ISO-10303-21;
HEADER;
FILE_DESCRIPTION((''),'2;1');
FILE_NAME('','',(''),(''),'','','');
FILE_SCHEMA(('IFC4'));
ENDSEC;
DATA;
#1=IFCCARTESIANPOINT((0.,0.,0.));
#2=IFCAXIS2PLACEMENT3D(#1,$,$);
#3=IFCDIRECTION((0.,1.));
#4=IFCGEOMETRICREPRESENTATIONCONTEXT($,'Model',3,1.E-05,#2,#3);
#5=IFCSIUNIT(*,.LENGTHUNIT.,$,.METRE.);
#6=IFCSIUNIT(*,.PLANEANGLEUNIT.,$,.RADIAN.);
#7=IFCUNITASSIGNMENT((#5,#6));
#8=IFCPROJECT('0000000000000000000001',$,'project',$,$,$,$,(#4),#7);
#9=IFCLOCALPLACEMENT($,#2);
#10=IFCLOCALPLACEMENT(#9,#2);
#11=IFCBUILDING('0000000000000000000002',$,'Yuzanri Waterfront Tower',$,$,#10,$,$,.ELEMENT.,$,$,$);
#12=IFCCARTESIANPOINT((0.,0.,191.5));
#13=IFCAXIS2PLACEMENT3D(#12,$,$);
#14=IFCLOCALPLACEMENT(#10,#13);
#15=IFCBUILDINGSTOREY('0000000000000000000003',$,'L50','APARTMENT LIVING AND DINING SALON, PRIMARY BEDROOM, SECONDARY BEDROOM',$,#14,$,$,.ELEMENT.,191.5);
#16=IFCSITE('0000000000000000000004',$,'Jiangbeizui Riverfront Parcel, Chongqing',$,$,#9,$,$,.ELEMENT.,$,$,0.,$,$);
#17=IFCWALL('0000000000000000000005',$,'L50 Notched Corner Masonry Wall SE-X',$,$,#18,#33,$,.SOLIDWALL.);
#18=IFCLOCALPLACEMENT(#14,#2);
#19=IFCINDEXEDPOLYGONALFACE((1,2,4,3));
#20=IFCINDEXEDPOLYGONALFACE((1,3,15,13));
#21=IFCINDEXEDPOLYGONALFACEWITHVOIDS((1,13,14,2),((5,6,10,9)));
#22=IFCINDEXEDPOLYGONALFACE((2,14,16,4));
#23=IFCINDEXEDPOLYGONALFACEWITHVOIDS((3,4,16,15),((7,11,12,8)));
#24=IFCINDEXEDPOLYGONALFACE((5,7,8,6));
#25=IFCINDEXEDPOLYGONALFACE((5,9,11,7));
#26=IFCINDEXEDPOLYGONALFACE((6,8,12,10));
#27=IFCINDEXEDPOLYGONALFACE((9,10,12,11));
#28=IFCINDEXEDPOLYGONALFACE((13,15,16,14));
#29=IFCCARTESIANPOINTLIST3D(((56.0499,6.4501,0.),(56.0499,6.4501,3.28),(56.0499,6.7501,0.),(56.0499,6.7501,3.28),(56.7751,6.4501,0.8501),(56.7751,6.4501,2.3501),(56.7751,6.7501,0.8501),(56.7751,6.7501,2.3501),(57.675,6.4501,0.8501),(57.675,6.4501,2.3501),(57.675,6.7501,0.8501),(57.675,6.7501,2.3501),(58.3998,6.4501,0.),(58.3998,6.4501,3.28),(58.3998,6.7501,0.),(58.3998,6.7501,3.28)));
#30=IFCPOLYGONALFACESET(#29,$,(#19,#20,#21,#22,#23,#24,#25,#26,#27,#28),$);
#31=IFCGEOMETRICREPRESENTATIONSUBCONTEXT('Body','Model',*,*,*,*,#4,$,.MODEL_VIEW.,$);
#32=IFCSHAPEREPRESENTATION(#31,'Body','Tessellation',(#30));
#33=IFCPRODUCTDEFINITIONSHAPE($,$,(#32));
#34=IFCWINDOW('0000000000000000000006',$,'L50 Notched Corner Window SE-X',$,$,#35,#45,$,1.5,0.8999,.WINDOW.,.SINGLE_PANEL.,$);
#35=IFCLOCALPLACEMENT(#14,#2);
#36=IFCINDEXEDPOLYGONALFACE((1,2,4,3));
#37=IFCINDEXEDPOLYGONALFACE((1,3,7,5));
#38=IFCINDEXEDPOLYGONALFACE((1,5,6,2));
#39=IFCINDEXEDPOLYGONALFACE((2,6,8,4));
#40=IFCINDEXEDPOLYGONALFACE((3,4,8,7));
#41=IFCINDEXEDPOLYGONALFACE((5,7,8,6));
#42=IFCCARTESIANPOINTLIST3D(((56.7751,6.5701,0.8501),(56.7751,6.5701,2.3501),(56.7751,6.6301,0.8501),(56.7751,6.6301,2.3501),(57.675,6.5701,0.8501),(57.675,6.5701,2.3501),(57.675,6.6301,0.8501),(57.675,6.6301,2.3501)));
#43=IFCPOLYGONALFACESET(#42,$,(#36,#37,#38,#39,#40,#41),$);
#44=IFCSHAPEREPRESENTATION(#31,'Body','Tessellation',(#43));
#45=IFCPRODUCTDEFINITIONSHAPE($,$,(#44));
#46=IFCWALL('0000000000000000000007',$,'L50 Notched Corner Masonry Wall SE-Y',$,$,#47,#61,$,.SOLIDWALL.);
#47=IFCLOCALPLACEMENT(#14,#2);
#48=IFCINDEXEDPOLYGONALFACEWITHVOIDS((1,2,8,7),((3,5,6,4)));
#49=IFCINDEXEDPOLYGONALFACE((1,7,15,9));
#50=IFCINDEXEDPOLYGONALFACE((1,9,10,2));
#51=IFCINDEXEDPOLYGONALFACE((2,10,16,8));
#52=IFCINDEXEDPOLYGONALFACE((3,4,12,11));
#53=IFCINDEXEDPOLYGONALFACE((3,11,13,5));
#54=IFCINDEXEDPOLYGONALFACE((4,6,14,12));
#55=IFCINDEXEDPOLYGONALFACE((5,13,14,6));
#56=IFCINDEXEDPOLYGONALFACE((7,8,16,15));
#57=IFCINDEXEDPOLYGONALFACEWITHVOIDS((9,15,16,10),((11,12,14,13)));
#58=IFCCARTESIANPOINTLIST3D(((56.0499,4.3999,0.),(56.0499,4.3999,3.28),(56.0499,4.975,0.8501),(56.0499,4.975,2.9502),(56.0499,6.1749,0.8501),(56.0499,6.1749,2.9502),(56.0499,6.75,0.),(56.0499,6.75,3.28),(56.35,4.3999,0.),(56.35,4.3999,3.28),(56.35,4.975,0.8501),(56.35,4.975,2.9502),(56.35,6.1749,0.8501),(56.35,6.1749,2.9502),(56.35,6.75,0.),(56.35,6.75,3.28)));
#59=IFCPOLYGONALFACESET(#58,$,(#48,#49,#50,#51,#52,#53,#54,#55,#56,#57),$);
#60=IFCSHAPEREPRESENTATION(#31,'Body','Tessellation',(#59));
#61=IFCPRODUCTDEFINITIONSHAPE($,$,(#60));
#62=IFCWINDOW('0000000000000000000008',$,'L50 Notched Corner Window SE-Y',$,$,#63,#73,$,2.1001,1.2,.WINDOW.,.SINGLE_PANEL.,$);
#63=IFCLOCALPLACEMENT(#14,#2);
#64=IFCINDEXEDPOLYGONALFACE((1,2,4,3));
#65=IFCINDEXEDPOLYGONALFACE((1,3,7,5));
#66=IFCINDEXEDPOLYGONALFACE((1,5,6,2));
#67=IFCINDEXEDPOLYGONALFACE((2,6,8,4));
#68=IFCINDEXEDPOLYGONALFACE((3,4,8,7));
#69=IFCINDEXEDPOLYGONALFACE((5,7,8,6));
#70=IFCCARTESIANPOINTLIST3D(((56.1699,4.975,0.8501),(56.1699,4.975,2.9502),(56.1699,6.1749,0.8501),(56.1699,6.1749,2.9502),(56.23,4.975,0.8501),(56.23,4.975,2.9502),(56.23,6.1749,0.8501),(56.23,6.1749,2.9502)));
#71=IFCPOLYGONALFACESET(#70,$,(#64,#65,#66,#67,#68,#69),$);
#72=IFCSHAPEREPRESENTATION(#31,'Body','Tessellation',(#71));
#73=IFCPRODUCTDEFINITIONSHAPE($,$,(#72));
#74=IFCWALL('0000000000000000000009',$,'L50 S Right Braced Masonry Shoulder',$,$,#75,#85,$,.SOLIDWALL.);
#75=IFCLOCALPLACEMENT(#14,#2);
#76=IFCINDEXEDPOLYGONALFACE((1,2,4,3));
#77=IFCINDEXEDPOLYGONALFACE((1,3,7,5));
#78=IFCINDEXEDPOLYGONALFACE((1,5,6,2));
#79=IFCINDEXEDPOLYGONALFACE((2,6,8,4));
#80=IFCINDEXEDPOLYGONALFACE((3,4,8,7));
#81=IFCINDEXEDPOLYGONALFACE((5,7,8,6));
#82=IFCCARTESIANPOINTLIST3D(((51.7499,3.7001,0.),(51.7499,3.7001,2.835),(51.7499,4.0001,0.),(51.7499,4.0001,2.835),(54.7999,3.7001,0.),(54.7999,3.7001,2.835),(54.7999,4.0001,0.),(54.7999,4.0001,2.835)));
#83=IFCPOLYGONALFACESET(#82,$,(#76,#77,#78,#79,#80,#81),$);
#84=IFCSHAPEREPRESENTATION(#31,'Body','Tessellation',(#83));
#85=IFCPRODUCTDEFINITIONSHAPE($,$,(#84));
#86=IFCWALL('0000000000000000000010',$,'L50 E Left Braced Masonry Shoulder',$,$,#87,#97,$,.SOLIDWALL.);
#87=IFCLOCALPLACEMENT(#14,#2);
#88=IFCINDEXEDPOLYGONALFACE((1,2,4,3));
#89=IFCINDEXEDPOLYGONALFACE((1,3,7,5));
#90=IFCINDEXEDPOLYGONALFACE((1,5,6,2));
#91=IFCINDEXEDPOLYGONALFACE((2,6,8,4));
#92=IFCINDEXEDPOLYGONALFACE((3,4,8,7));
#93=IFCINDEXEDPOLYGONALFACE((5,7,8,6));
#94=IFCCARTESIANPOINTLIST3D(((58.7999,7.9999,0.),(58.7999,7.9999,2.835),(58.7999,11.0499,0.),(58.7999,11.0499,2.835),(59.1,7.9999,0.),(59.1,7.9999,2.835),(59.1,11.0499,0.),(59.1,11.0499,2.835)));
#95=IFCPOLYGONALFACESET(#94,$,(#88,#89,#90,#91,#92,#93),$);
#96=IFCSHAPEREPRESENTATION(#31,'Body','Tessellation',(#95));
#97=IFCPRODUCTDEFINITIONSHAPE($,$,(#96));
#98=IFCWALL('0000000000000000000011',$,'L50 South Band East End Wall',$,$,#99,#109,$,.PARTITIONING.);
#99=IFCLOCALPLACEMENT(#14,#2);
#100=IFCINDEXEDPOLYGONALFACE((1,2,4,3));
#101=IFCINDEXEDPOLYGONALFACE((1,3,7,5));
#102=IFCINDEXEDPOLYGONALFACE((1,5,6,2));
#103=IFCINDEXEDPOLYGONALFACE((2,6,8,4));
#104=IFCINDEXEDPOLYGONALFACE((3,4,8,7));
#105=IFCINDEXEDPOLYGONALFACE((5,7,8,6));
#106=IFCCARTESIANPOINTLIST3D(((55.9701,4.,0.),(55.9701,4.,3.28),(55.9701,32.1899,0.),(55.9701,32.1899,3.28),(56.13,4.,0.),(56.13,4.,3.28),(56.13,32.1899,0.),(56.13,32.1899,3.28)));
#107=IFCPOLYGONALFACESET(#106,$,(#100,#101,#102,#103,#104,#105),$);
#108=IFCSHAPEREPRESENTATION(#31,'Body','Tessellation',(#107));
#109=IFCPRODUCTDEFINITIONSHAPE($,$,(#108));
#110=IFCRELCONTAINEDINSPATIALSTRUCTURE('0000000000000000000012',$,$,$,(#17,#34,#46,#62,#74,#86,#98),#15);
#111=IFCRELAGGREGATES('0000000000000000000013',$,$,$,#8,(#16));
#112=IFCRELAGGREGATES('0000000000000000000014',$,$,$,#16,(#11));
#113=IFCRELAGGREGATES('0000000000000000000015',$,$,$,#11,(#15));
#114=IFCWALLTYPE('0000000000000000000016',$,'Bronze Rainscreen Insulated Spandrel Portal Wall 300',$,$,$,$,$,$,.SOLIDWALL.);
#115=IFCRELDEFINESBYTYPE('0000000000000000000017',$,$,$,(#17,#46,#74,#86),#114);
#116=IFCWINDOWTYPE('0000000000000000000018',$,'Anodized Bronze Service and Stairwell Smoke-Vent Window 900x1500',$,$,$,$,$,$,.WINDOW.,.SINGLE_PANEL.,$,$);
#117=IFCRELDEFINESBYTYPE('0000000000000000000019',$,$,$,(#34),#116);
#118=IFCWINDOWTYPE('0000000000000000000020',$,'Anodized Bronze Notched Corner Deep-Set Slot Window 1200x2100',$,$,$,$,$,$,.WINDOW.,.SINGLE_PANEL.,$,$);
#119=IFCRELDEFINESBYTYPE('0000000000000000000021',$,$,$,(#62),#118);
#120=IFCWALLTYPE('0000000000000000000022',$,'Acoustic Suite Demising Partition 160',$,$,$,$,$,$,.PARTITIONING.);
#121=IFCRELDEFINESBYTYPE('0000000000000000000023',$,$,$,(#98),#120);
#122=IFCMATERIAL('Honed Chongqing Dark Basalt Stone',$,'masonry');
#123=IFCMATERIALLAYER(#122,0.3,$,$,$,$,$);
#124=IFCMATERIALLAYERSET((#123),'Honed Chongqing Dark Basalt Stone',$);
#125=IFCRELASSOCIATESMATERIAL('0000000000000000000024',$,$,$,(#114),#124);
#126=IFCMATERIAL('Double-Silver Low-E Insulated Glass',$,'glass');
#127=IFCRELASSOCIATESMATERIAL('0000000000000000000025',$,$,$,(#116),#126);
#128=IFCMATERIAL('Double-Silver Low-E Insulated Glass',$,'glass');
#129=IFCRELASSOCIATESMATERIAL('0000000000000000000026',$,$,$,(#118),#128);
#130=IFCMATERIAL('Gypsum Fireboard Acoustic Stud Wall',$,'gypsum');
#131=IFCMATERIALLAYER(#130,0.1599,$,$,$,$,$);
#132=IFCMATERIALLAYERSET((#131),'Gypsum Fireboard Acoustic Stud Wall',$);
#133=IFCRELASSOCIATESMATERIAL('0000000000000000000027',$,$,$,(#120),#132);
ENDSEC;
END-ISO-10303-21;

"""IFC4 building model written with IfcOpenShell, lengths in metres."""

from ifc_helpers import new_model, si_unit, direction, frame, frame_2d, origin, place, context, subcontext, project, spatial, rectangle, extrude, source, transform, mapped, material, layer, layer_set, type_object, element, fill, save


model = new_model("IFC4")

# Units and contexts
model_context = context("Model", 3, precision=1e-05, world=origin(), true_north=direction((0.0, 1.0)))
body_context = subcontext(model_context, "Body", "Model", "MODEL_VIEW")
ifc_project = project(units=[si_unit("LENGTHUNIT", "METRE"), si_unit("PLANEANGLEUNIT", "RADIAN")], contexts=[model_context])

# Site, building, storey
site_placement = place(None, origin())
site = spatial("IfcSite", under=ifc_project, at=site_placement, Name="Jiangbeizui Riverfront Parcel, Chongqing", CompositionType="ELEMENT", RefElevation=0.0)
building_placement = place(site_placement, origin())
building = spatial("IfcBuilding", under=site, at=building_placement, Name="Yuzanri Waterfront Tower", CompositionType="ELEMENT")
storey_placement = place(building_placement, frame((0.0, 0.0, 191.5)))
storey = spatial("IfcBuildingStorey", under=building, at=storey_placement, Name="L50", Description="APARTMENT LIVING AND DINING SALON, PRIMARY BEDROOM, SECONDARY BEDROOM", CompositionType="ELEMENT", Elevation=191.5)

# Walls, openings, windows
ifc_material_1 = material(Name="Honed Chongqing Dark Basalt Stone", Category="masonry")
ifc_layer_1 = layer(ifc_material_1, 0.3)
ifc_layer_set_1 = layer_set([ifc_layer_1], Name="Honed Chongqing Dark Basalt Stone")
wall_type_1 = type_object("IfcWallType", Name="Bronze Rainscreen Insulated Spandrel Portal Wall 300", PredefinedType="SOLIDWALL", material=ifc_layer_set_1)
wall_1_placement = place(storey_placement, frame((56.05, 6.6001, 0.0), z_axis=(0.0, 0.0, 1.0), x_axis=(1.0, 0.0, 0.0)))
wall_1 = element("IfcWall", 1, at=wall_1_placement, inside=storey, type_object=wall_type_1, Name="L50 Notched Corner Masonry Wall SE-X", PredefinedType="SOLIDWALL", context=body_context, shape_type="SweptSolid", body=[
    extrude(rectangle(XDim=2.3499, YDim=0.3, at=frame_2d((1.1748, 0.0))), origin(), (0.0, 0.0, 1.0), 3.28),
])
opening_1_placement = place(wall_1_placement, frame((0.7251, 0.0, 0.8501)))
opening_1 = element("IfcOpeningElement", 2, at=opening_1_placement, cuts=wall_1, PredefinedType="OPENING", context=body_context, shape_type="SweptSolid", body=[
    extrude(rectangle(XDim=0.8999, YDim=1.5, at=frame_2d((0.45, 0.75))), frame((0.0, 0.165, 0.0), z_axis=(0.0, -1.0, 0.0), x_axis=(1.0, 0.0, 0.0)), (0.0, 0.0, 1.0), 0.3298),
])
ifc_material_2 = material(Name="Double-Silver Low-E Insulated Glass", Category="glass")
window_type_1 = type_object("IfcWindowType", Name="Anodized Bronze Service and Stairwell Smoke-Vent Window 900x1500", PartitioningType="SINGLE_PANEL", PredefinedType="WINDOW", material=ifc_material_2)
shared_shape_1 = source(origin(), body_context, "Body", "SweptSolid", [
    extrude(rectangle(XDim=0.8999, YDim=1.5, at=frame_2d((0.45, 0.75))), frame((0.0, 0.03, 0.0), z_axis=(0.0, -1.0, 0.0), x_axis=(1.0, 0.0, 0.0)), (0.0, 0.0, 1.0), 0.0601),
])
window_1_placement = place(opening_1_placement, origin())
window_1 = element("IfcWindow", 3, at=window_1_placement, inside=storey, type_object=window_type_1, Name="L50 Notched Corner Window SE-X", OverallHeight=1.5, OverallWidth=0.8999, PartitioningType="SINGLE_PANEL", PredefinedType="WINDOW", context=body_context, shape_type="MappedRepresentation", body=[
    mapped(shared_shape_1, transform((0.0, 0.0, 0.0), scale=1.0)),
])
fill(opening_1, window_1)
wall_2_placement = place(storey_placement, frame((56.2, 4.3999, 0.0), z_axis=(0.0, 0.0, 1.0), x_axis=(0.0, 1.0, 0.0)))
wall_2 = element("IfcWall", 4, at=wall_2_placement, inside=storey, type_object=wall_type_1, Name="L50 Notched Corner Masonry Wall SE-Y", PredefinedType="SOLIDWALL", context=body_context, shape_type="SweptSolid", body=[
    extrude(rectangle(XDim=2.3501, YDim=0.3, at=frame_2d((1.175, 0.0))), origin(), (0.0, 0.0, 1.0), 3.28),
])
opening_2_placement = place(wall_2_placement, frame((0.575, 0.0, 0.8501)))
opening_2 = element("IfcOpeningElement", 5, at=opening_2_placement, cuts=wall_2, PredefinedType="OPENING", context=body_context, shape_type="SweptSolid", body=[
    extrude(rectangle(XDim=1.2, YDim=2.1001, at=frame_2d((0.6001, 1.05))), frame((0.0, 0.165, 0.0), z_axis=(0.0, -1.0, 0.0), x_axis=(1.0, 0.0, 0.0)), (0.0, 0.0, 1.0), 0.3298),
])
ifc_material_3 = material(Name="Double-Silver Low-E Insulated Glass", Category="glass")
window_type_2 = type_object("IfcWindowType", Name="Anodized Bronze Notched Corner Deep-Set Slot Window 1200x2100", PartitioningType="SINGLE_PANEL", PredefinedType="WINDOW", material=ifc_material_3)
shared_shape_2 = source(origin(), body_context, "Body", "SweptSolid", [
    extrude(rectangle(XDim=1.2, YDim=2.1001, at=frame_2d((0.6001, 1.05))), frame((0.0, 0.03, 0.0), z_axis=(0.0, -1.0, 0.0), x_axis=(1.0, 0.0, 0.0)), (0.0, 0.0, 1.0), 0.0601),
])
window_2_placement = place(opening_2_placement, origin())
window_2 = element("IfcWindow", 6, at=window_2_placement, inside=storey, type_object=window_type_2, Name="L50 Notched Corner Window SE-Y", OverallHeight=2.1001, OverallWidth=1.2, PartitioningType="SINGLE_PANEL", PredefinedType="WINDOW", context=body_context, shape_type="MappedRepresentation", body=[
    mapped(shared_shape_2, transform((0.0, 0.0, 0.0), scale=1.0)),
])
fill(opening_2, window_2)

# Walls
shared_shape_3 = source(origin(), body_context, "Body", "SweptSolid", [
    extrude(rectangle(XDim=3.05, YDim=0.3, at=frame_2d((1.5249, 0.0))), origin(), (0.0, 0.0, 1.0), 2.835),
])
for number, where, z_axis, x_axis, name in (
    (7, (51.75, 3.8501, 0.0), (0.0, 0.0, 1.0), (1.0, 0.0, 0.0), "L50 S Right Braced Masonry Shoulder"),
    (8, (58.95, 8.0, 0.0), (0.0, 0.0, 1.0), (0.0, 1.0, 0.0), "L50 E Left Braced Masonry Shoulder"),
):
    element("IfcWall", number, at=place(storey_placement, frame(where, z_axis=z_axis, x_axis=x_axis)), inside=storey, type_object=wall_type_1, Name=name, PredefinedType="SOLIDWALL", context=body_context, shape_type="MappedRepresentation", body=[
        mapped(shared_shape_3, transform((0.0, 0.0, 0.0), scale=1.0)),
    ])
ifc_material_4 = material(Name="Gypsum Fireboard Acoustic Stud Wall", Category="gypsum")
ifc_layer_2 = layer(ifc_material_4, 0.1599)
ifc_layer_set_2 = layer_set([ifc_layer_2], Name="Gypsum Fireboard Acoustic Stud Wall")
wall_type_2 = type_object("IfcWallType", Name="Acoustic Suite Demising Partition 160", PredefinedType="PARTITIONING", material=ifc_layer_set_2)
shared_shape_4 = source(origin(), body_context, "Body", "SweptSolid", [
    extrude(rectangle(XDim=28.1899, YDim=0.1599, at=frame_2d((14.095, 0.0))), origin(), (0.0, 0.0, 1.0), 3.28),
])
wall_3_placement = place(storey_placement, frame((56.05, 4.0, 0.0), z_axis=(0.0, 0.0, 1.0), x_axis=(0.0, 1.0, 0.0)))
element("IfcWall", 9, at=wall_3_placement, inside=storey, type_object=wall_type_2, Name="L50 South Band East End Wall", PredefinedType="PARTITIONING", context=body_context, shape_type="MappedRepresentation", body=[
    mapped(shared_shape_4, transform((0.0, 0.0, 0.0), scale=1.0)),
])

save(model, "model.ifc")
